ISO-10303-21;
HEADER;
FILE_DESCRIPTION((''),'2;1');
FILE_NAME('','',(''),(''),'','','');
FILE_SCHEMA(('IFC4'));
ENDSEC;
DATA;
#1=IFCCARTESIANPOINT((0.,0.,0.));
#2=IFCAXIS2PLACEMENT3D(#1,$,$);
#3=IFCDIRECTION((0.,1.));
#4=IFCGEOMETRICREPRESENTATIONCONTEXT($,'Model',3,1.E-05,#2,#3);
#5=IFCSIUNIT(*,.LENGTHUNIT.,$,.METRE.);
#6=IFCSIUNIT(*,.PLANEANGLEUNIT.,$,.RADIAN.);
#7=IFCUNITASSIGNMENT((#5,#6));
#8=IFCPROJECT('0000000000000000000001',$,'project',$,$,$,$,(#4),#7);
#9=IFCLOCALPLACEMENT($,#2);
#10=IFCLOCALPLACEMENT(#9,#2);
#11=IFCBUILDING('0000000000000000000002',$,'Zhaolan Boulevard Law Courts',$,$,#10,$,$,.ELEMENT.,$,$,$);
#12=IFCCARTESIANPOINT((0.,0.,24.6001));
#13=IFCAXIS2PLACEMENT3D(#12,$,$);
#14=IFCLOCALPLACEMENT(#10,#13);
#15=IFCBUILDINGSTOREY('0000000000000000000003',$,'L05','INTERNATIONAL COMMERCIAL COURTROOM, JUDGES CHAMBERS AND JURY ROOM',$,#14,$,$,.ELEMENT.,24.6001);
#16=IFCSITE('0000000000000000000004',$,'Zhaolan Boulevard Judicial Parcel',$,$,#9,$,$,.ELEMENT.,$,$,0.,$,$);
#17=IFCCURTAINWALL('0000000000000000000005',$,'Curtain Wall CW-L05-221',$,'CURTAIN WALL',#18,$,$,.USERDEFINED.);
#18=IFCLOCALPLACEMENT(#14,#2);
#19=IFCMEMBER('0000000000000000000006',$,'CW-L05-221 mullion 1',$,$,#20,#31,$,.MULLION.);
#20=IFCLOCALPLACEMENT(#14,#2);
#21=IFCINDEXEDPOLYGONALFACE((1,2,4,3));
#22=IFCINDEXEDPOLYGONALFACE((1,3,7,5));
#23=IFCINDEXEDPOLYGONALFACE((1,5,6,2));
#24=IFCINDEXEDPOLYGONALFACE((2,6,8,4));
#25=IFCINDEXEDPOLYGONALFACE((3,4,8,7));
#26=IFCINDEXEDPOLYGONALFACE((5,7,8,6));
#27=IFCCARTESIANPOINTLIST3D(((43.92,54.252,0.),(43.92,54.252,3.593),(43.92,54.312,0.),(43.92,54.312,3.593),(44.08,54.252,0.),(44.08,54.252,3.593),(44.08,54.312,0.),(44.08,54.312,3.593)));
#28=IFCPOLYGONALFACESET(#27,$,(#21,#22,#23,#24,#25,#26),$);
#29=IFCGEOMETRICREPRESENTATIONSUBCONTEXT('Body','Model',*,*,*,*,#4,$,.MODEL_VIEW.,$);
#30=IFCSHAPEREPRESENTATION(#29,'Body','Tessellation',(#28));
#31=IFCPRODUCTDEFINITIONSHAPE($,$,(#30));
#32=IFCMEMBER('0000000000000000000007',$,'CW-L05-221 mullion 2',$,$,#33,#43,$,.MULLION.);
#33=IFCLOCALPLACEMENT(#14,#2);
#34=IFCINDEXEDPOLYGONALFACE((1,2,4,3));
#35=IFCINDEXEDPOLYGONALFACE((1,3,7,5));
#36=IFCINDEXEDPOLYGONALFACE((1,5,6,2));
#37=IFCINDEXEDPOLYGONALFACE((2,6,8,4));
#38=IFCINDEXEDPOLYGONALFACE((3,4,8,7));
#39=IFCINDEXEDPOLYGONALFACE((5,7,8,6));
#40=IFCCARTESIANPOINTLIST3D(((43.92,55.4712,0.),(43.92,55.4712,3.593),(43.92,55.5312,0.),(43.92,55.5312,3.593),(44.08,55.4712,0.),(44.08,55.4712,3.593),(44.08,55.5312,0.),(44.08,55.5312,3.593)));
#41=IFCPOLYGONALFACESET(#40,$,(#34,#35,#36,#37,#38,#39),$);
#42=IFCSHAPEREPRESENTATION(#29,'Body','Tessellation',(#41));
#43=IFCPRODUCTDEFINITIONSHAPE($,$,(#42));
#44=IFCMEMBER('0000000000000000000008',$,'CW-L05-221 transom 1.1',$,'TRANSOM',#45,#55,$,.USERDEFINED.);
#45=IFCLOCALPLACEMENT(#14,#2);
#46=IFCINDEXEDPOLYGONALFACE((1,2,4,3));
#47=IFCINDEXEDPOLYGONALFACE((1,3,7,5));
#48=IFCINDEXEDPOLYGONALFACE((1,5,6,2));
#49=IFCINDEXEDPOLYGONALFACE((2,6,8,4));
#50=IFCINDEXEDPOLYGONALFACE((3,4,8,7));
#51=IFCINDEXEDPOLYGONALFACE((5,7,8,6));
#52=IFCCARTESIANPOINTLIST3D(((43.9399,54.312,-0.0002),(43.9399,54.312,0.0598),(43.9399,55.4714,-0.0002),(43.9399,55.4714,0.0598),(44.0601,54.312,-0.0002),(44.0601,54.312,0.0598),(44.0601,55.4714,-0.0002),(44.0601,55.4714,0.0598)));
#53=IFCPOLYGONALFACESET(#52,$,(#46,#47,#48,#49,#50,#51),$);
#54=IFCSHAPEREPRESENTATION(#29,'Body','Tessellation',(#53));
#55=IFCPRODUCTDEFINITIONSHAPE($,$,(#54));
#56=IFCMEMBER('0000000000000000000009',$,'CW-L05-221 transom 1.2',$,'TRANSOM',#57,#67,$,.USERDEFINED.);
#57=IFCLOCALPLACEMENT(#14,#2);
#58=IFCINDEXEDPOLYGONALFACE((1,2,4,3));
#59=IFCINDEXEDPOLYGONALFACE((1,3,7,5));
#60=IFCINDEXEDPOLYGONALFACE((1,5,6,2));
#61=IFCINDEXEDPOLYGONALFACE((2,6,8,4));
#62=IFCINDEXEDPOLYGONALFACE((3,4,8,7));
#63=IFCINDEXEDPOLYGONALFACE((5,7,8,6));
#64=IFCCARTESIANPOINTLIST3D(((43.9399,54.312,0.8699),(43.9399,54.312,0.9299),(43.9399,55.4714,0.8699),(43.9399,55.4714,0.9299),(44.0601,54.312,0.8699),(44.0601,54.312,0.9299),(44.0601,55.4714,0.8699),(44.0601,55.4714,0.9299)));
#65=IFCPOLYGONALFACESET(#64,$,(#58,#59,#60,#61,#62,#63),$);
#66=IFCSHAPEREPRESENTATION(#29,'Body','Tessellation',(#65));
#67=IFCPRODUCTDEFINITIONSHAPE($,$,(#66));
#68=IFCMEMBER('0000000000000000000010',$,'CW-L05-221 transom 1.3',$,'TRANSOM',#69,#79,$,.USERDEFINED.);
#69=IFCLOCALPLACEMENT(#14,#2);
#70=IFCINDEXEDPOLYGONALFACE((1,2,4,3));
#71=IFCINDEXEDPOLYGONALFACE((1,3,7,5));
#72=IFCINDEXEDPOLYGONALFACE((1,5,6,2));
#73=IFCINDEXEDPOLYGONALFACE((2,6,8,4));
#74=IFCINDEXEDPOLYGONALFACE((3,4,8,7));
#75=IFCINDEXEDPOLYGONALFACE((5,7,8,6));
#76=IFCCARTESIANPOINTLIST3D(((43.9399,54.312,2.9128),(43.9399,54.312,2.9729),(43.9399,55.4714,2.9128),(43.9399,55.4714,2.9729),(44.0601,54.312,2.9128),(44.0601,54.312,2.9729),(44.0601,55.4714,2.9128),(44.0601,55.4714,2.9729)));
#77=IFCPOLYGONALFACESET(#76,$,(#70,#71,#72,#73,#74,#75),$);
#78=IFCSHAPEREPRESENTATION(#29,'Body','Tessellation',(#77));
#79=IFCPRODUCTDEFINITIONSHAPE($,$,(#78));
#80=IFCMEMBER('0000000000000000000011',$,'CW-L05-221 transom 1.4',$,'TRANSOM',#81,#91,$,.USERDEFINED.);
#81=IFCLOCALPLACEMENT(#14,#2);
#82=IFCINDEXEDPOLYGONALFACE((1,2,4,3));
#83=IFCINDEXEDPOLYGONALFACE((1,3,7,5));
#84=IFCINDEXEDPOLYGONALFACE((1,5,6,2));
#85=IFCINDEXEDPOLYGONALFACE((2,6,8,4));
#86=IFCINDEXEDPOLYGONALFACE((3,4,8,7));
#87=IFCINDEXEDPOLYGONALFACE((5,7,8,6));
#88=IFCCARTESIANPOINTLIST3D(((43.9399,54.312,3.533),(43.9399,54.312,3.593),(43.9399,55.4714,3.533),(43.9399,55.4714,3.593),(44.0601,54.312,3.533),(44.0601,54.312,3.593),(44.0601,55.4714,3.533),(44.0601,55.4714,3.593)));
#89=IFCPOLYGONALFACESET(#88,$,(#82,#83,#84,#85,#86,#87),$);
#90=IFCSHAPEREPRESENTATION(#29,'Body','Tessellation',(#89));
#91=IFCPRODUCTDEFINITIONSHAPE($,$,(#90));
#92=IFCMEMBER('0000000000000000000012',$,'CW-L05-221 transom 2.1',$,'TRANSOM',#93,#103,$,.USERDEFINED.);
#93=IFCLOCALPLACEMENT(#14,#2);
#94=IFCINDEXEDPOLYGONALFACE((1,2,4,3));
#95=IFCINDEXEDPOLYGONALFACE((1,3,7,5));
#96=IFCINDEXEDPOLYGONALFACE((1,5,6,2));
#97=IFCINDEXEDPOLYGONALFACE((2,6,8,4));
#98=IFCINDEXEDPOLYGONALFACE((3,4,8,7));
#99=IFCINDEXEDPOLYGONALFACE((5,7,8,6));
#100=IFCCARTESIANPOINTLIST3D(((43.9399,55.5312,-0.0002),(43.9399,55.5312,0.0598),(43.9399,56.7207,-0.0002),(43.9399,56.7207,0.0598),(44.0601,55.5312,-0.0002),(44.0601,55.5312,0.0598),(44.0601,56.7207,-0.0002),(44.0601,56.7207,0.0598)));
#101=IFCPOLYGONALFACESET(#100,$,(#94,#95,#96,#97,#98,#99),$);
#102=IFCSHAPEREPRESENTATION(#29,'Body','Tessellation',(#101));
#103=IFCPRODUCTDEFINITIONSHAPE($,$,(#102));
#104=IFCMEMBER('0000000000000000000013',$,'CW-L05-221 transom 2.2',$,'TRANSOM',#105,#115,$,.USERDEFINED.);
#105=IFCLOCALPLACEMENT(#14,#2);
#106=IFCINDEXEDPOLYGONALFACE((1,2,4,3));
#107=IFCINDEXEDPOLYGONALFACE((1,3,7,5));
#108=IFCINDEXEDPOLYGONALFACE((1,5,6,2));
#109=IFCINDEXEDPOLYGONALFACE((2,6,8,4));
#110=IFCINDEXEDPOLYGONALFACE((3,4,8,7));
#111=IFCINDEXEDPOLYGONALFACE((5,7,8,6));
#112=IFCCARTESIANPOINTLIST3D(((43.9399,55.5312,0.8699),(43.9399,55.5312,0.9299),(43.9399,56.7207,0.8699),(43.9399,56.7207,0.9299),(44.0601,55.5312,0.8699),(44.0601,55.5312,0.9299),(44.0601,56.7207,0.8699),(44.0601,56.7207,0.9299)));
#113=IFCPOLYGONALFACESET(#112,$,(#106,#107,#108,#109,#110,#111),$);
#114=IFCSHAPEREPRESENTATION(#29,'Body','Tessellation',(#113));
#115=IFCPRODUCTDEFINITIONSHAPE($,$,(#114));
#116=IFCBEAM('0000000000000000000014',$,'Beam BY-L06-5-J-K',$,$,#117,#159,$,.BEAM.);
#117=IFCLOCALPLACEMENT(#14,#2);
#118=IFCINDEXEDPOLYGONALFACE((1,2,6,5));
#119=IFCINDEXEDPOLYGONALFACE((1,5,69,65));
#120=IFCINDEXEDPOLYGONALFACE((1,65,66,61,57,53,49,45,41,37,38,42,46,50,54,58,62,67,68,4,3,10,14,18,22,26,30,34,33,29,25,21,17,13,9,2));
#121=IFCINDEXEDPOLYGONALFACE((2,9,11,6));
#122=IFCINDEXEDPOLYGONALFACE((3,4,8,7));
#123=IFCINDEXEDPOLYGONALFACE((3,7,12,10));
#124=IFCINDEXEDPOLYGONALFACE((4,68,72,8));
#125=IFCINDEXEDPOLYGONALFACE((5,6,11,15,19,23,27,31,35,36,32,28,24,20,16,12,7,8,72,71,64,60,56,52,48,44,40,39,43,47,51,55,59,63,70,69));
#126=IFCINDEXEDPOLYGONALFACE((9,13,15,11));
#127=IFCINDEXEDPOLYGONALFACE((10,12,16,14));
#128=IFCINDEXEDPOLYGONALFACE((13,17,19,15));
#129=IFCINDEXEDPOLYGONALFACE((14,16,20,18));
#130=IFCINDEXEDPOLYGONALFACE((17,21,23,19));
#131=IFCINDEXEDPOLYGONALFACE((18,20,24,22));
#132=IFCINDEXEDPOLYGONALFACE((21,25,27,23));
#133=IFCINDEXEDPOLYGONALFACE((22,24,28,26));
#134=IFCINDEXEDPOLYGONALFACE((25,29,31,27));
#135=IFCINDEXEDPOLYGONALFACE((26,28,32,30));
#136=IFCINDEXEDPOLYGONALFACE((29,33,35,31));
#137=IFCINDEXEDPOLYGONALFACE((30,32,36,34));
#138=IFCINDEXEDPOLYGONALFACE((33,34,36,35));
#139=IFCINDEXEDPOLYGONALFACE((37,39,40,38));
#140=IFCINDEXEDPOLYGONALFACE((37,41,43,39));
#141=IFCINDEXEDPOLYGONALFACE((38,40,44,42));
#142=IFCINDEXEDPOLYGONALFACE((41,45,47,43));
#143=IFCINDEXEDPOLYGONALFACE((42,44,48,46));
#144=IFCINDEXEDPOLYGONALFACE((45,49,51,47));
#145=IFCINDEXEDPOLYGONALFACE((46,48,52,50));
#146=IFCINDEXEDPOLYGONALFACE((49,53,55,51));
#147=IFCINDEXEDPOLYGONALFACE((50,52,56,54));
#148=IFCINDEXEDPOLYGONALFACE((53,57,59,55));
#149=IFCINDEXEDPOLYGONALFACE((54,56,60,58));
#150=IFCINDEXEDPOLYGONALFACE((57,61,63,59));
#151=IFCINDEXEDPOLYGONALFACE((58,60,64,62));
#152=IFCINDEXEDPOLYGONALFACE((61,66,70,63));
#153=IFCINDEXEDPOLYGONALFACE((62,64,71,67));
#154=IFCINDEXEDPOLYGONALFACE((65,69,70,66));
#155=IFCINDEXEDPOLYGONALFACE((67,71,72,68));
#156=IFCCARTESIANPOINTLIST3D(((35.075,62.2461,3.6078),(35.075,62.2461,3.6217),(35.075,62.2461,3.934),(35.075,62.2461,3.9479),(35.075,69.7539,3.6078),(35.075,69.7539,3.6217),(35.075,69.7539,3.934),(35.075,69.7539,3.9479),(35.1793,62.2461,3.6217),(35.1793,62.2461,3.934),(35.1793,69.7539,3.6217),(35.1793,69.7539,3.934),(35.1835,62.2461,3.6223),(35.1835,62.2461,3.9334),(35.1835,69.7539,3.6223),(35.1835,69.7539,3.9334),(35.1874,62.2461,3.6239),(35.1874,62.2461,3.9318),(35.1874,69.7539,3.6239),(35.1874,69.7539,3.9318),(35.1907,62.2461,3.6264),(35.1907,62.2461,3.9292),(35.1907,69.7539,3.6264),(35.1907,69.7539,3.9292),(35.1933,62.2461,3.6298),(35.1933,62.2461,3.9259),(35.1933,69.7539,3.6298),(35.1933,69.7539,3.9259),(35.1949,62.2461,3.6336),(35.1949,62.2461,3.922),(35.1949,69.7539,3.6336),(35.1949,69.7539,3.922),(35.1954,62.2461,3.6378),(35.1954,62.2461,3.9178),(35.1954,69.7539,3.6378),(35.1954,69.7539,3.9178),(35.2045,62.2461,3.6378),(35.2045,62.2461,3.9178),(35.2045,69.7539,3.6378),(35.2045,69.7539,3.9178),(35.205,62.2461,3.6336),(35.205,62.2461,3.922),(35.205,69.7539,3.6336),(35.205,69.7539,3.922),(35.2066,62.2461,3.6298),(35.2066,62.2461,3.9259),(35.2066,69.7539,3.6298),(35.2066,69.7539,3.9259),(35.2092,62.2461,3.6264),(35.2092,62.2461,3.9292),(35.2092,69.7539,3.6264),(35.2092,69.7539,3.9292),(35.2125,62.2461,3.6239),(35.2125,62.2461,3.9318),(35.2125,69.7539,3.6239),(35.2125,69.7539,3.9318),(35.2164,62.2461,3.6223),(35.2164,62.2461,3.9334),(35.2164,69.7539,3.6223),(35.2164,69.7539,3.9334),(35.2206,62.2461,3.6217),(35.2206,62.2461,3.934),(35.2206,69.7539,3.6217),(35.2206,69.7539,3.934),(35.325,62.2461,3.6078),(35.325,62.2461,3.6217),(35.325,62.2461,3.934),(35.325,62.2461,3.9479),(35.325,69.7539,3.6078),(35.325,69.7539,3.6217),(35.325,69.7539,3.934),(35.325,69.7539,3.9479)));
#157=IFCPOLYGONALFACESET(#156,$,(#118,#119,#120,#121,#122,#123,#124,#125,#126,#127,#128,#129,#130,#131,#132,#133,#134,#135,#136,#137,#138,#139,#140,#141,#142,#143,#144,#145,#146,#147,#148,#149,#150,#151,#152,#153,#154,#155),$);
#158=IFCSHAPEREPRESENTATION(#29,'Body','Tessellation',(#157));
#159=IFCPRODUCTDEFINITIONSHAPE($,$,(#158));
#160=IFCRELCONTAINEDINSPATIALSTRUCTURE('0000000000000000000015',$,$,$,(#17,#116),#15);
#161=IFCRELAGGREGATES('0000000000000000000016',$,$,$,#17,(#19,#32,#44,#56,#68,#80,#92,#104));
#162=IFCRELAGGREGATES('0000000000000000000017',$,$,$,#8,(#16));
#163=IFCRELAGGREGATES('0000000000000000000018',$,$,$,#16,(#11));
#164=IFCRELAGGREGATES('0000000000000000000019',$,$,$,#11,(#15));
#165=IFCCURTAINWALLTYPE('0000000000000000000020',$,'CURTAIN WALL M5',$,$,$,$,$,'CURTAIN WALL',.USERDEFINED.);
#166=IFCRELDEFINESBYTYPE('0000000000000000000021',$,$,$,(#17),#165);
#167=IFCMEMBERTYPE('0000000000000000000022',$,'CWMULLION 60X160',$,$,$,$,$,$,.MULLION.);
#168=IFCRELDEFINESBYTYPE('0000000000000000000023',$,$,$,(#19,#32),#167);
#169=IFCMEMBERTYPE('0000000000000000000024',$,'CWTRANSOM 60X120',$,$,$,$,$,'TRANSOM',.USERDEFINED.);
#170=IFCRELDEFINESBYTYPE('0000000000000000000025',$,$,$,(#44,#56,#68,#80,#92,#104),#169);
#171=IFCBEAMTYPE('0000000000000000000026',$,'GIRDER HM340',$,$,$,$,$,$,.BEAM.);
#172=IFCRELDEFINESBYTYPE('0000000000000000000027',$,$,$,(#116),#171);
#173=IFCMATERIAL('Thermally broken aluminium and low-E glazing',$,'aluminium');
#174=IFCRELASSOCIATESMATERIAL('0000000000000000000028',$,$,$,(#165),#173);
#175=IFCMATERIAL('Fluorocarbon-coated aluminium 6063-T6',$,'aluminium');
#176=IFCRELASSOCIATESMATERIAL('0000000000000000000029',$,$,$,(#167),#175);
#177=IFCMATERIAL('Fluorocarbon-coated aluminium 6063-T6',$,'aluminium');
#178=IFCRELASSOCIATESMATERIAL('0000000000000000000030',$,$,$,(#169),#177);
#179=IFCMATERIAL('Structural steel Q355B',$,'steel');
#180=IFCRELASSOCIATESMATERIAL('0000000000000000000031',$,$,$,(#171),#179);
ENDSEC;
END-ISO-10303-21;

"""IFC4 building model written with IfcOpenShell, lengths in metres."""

from ifc_helpers import new_model, si_unit, direction, frame, origin, origin_2d, place, context, subcontext, project, spatial, rectangle, i_section, extrude, material, material_profile, profile_set, type_object, element, aggregate, save


model = new_model("IFC4")

# Units and contexts
model_context = context("Model", 3, precision=1e-05, world=origin(), true_north=direction((0.0, 1.0)))
body_context = subcontext(model_context, "Body", "Model", "MODEL_VIEW")
ifc_project = project(units=[si_unit("LENGTHUNIT", "METRE"), si_unit("PLANEANGLEUNIT", "RADIAN")], contexts=[model_context])

# Site, building, storey
site_placement = place(None, origin())
site = spatial("IfcSite", under=ifc_project, at=site_placement, Name="Zhaolan Boulevard Judicial Parcel", CompositionType="ELEMENT", RefElevation=0.0)
building_placement = place(site_placement, origin())
building = spatial("IfcBuilding", under=site, at=building_placement, Name="Zhaolan Boulevard Law Courts", CompositionType="ELEMENT")
storey_placement = place(building_placement, frame((0.0, 0.0, 24.6001)))
storey = spatial("IfcBuildingStorey", under=building, at=storey_placement, Name="L05", Description="INTERNATIONAL COMMERCIAL COURTROOM, JUDGES CHAMBERS AND JURY ROOM", CompositionType="ELEMENT", Elevation=24.6001)

# Curtain wall, members
ifc_material_1 = material(Name="Thermally broken aluminium and low-E glazing", Category="aluminium")
curtain_wall_type = type_object("IfcCurtainWallType", Name="CURTAIN WALL M5", ElementType="CURTAIN WALL", PredefinedType="USERDEFINED", material=ifc_material_1)
curtain_wall_placement = place(storey_placement, origin())
curtain_wall = element("IfcCurtainWall", 1, at=curtain_wall_placement, inside=storey, type_object=curtain_wall_type, Name="Curtain Wall CW-L05-221", ObjectType="CURTAIN WALL", PredefinedType="USERDEFINED")
ifc_material_2 = material(Name="Fluorocarbon-coated aluminium 6063-T6", Category="aluminium")
ifc_material_profile_1 = material_profile(ifc_material_2, rectangle(XDim=0.1599, YDim=0.0601, at=origin_2d()), Name="AL60x160")
ifc_profile_set_1 = profile_set([ifc_material_profile_1], Name="Fluorocarbon-coated aluminium 6063-T6")
member_type_1 = type_object("IfcMemberType", Name="CWMULLION 60X160", PredefinedType="MULLION", material=ifc_profile_set_1)
member_1_placement = place(storey_placement, frame((44.0, 54.282, 0.0), z_axis=(0.0, 0.0, 1.0), x_axis=(-1.0, 0.0, 0.0)))
member_1 = element("IfcMember", 2, at=member_1_placement, type_object=member_type_1, Name="CW-L05-221 mullion 1", PredefinedType="MULLION", context=body_context, shape_type="SweptSolid", body=[
    extrude(rectangle(XDim=0.1599, YDim=0.0601, at=origin_2d()), origin(), (0.0, 0.0, 1.0), 3.593),
])
member_2_placement = place(storey_placement, frame((44.0, 55.5012, 0.0), z_axis=(0.0, 0.0, 1.0), x_axis=(-1.0, 0.0, 0.0)))
member_2 = element("IfcMember", 3, at=member_2_placement, type_object=member_type_1, Name="CW-L05-221 mullion 2", PredefinedType="MULLION", context=body_context, shape_type="SweptSolid", body=[
    extrude(rectangle(XDim=0.1599, YDim=0.0601, at=origin_2d()), origin(), (0.0, 0.0, 1.0), 3.593),
])
ifc_material_3 = material(Name="Fluorocarbon-coated aluminium 6063-T6", Category="aluminium")
ifc_material_profile_2 = material_profile(ifc_material_3, rectangle(XDim=0.1201, YDim=0.0601, at=origin_2d()), Name="AL60x120")
ifc_profile_set_2 = profile_set([ifc_material_profile_2], Name="Fluorocarbon-coated aluminium 6063-T6")
member_type_2 = type_object("IfcMemberType", Name="CWTRANSOM 60X120", ElementType="TRANSOM", PredefinedType="USERDEFINED", material=ifc_profile_set_2)
member_3_placement = place(storey_placement, frame((44.0, 54.312, 0.0298), z_axis=(0.0, 1.0, 0.0), x_axis=(-1.0, 0.0, 0.0)))
member_3 = element("IfcMember", 4, at=member_3_placement, type_object=member_type_2, Name="CW-L05-221 transom 1.1", ObjectType="TRANSOM", PredefinedType="USERDEFINED", context=body_context, shape_type="SweptSolid", body=[
    extrude(rectangle(XDim=0.1201, YDim=0.0601, at=origin_2d()), origin(), (0.0, 0.0, 1.0), 1.1594),
])
member_4_placement = place(storey_placement, frame((44.0, 54.312, 0.8999), z_axis=(0.0, 1.0, 0.0), x_axis=(-1.0, 0.0, 0.0)))
member_4 = element("IfcMember", 5, at=member_4_placement, type_object=member_type_2, Name="CW-L05-221 transom 1.2", ObjectType="TRANSOM", PredefinedType="USERDEFINED", context=body_context, shape_type="SweptSolid", body=[
    extrude(rectangle(XDim=0.1201, YDim=0.0601, at=origin_2d()), origin(), (0.0, 0.0, 1.0), 1.1594),
])
member_5_placement = place(storey_placement, frame((44.0, 54.312, 2.9429), z_axis=(0.0, 1.0, 0.0), x_axis=(-1.0, 0.0, 0.0)))
member_5 = element("IfcMember", 6, at=member_5_placement, type_object=member_type_2, Name="CW-L05-221 transom 1.3", ObjectType="TRANSOM", PredefinedType="USERDEFINED", context=body_context, shape_type="SweptSolid", body=[
    extrude(rectangle(XDim=0.1201, YDim=0.0601, at=origin_2d()), origin(), (0.0, 0.0, 1.0), 1.1594),
])
member_6_placement = place(storey_placement, frame((44.0, 54.312, 3.563), z_axis=(0.0, 1.0, 0.0), x_axis=(-1.0, 0.0, 0.0)))
member_6 = element("IfcMember", 7, at=member_6_placement, type_object=member_type_2, Name="CW-L05-221 transom 1.4", ObjectType="TRANSOM", PredefinedType="USERDEFINED", context=body_context, shape_type="SweptSolid", body=[
    extrude(rectangle(XDim=0.1201, YDim=0.0601, at=origin_2d()), origin(), (0.0, 0.0, 1.0), 1.1594),
])
member_7_placement = place(storey_placement, frame((44.0, 55.5312, 0.0298), z_axis=(0.0, 1.0, 0.0), x_axis=(-1.0, 0.0, 0.0)))
member_7 = element("IfcMember", 8, at=member_7_placement, type_object=member_type_2, Name="CW-L05-221 transom 2.1", ObjectType="TRANSOM", PredefinedType="USERDEFINED", context=body_context, shape_type="SweptSolid", body=[
    extrude(rectangle(XDim=0.1201, YDim=0.0601, at=origin_2d()), origin(), (0.0, 0.0, 1.0), 1.1895),
])
member_8_placement = place(storey_placement, frame((44.0, 55.5312, 0.8999), z_axis=(0.0, 1.0, 0.0), x_axis=(-1.0, 0.0, 0.0)))
member_8 = element("IfcMember", 9, at=member_8_placement, type_object=member_type_2, Name="CW-L05-221 transom 2.2", ObjectType="TRANSOM", PredefinedType="USERDEFINED", context=body_context, shape_type="SweptSolid", body=[
    extrude(rectangle(XDim=0.1201, YDim=0.0601, at=origin_2d()), origin(), (0.0, 0.0, 1.0), 1.1895),
])

# Beam
ifc_material_4 = material(Name="Structural steel Q355B", Category="steel")
ifc_material_profile_3 = material_profile(ifc_material_4, i_section(OverallWidth=0.25, OverallDepth=0.3401, WebThickness=0.009, FlangeThickness=0.0139, FilletRadius=0.0161, at=origin_2d()), Name="HM340x250")
ifc_profile_set_3 = profile_set([ifc_material_profile_3], Name="Structural steel Q355B")
beam_type_1 = type_object("IfcBeamType", Name="GIRDER HM340", PredefinedType="BEAM", material=ifc_profile_set_3)
for number, where, z_axis, x_axis, name in (
    (10, (35.2, 62.2461, 3.7778), (0.0, 1.0, 0.0), (-1.0, 0.0, 0.0), "Beam BY-L06-5-J-K"),
):
    element("IfcBeam", number, at=place(storey_placement, frame(where, z_axis=z_axis, x_axis=x_axis)), inside=storey, type_object=beam_type_1, Name=name, PredefinedType="BEAM", context=body_context, shape_type="SweptSolid", body=[
        extrude(i_section(OverallWidth=0.25, OverallDepth=0.3401, WebThickness=0.009, FlangeThickness=0.0139, FilletRadius=0.0161, at=origin_2d()), origin(), (0.0, 0.0, 1.0), 7.5078),
    ])

aggregate(curtain_wall, [member_1, member_2, member_3, member_4, member_5, member_6, member_7, member_8])

save(model, "model.ifc")
